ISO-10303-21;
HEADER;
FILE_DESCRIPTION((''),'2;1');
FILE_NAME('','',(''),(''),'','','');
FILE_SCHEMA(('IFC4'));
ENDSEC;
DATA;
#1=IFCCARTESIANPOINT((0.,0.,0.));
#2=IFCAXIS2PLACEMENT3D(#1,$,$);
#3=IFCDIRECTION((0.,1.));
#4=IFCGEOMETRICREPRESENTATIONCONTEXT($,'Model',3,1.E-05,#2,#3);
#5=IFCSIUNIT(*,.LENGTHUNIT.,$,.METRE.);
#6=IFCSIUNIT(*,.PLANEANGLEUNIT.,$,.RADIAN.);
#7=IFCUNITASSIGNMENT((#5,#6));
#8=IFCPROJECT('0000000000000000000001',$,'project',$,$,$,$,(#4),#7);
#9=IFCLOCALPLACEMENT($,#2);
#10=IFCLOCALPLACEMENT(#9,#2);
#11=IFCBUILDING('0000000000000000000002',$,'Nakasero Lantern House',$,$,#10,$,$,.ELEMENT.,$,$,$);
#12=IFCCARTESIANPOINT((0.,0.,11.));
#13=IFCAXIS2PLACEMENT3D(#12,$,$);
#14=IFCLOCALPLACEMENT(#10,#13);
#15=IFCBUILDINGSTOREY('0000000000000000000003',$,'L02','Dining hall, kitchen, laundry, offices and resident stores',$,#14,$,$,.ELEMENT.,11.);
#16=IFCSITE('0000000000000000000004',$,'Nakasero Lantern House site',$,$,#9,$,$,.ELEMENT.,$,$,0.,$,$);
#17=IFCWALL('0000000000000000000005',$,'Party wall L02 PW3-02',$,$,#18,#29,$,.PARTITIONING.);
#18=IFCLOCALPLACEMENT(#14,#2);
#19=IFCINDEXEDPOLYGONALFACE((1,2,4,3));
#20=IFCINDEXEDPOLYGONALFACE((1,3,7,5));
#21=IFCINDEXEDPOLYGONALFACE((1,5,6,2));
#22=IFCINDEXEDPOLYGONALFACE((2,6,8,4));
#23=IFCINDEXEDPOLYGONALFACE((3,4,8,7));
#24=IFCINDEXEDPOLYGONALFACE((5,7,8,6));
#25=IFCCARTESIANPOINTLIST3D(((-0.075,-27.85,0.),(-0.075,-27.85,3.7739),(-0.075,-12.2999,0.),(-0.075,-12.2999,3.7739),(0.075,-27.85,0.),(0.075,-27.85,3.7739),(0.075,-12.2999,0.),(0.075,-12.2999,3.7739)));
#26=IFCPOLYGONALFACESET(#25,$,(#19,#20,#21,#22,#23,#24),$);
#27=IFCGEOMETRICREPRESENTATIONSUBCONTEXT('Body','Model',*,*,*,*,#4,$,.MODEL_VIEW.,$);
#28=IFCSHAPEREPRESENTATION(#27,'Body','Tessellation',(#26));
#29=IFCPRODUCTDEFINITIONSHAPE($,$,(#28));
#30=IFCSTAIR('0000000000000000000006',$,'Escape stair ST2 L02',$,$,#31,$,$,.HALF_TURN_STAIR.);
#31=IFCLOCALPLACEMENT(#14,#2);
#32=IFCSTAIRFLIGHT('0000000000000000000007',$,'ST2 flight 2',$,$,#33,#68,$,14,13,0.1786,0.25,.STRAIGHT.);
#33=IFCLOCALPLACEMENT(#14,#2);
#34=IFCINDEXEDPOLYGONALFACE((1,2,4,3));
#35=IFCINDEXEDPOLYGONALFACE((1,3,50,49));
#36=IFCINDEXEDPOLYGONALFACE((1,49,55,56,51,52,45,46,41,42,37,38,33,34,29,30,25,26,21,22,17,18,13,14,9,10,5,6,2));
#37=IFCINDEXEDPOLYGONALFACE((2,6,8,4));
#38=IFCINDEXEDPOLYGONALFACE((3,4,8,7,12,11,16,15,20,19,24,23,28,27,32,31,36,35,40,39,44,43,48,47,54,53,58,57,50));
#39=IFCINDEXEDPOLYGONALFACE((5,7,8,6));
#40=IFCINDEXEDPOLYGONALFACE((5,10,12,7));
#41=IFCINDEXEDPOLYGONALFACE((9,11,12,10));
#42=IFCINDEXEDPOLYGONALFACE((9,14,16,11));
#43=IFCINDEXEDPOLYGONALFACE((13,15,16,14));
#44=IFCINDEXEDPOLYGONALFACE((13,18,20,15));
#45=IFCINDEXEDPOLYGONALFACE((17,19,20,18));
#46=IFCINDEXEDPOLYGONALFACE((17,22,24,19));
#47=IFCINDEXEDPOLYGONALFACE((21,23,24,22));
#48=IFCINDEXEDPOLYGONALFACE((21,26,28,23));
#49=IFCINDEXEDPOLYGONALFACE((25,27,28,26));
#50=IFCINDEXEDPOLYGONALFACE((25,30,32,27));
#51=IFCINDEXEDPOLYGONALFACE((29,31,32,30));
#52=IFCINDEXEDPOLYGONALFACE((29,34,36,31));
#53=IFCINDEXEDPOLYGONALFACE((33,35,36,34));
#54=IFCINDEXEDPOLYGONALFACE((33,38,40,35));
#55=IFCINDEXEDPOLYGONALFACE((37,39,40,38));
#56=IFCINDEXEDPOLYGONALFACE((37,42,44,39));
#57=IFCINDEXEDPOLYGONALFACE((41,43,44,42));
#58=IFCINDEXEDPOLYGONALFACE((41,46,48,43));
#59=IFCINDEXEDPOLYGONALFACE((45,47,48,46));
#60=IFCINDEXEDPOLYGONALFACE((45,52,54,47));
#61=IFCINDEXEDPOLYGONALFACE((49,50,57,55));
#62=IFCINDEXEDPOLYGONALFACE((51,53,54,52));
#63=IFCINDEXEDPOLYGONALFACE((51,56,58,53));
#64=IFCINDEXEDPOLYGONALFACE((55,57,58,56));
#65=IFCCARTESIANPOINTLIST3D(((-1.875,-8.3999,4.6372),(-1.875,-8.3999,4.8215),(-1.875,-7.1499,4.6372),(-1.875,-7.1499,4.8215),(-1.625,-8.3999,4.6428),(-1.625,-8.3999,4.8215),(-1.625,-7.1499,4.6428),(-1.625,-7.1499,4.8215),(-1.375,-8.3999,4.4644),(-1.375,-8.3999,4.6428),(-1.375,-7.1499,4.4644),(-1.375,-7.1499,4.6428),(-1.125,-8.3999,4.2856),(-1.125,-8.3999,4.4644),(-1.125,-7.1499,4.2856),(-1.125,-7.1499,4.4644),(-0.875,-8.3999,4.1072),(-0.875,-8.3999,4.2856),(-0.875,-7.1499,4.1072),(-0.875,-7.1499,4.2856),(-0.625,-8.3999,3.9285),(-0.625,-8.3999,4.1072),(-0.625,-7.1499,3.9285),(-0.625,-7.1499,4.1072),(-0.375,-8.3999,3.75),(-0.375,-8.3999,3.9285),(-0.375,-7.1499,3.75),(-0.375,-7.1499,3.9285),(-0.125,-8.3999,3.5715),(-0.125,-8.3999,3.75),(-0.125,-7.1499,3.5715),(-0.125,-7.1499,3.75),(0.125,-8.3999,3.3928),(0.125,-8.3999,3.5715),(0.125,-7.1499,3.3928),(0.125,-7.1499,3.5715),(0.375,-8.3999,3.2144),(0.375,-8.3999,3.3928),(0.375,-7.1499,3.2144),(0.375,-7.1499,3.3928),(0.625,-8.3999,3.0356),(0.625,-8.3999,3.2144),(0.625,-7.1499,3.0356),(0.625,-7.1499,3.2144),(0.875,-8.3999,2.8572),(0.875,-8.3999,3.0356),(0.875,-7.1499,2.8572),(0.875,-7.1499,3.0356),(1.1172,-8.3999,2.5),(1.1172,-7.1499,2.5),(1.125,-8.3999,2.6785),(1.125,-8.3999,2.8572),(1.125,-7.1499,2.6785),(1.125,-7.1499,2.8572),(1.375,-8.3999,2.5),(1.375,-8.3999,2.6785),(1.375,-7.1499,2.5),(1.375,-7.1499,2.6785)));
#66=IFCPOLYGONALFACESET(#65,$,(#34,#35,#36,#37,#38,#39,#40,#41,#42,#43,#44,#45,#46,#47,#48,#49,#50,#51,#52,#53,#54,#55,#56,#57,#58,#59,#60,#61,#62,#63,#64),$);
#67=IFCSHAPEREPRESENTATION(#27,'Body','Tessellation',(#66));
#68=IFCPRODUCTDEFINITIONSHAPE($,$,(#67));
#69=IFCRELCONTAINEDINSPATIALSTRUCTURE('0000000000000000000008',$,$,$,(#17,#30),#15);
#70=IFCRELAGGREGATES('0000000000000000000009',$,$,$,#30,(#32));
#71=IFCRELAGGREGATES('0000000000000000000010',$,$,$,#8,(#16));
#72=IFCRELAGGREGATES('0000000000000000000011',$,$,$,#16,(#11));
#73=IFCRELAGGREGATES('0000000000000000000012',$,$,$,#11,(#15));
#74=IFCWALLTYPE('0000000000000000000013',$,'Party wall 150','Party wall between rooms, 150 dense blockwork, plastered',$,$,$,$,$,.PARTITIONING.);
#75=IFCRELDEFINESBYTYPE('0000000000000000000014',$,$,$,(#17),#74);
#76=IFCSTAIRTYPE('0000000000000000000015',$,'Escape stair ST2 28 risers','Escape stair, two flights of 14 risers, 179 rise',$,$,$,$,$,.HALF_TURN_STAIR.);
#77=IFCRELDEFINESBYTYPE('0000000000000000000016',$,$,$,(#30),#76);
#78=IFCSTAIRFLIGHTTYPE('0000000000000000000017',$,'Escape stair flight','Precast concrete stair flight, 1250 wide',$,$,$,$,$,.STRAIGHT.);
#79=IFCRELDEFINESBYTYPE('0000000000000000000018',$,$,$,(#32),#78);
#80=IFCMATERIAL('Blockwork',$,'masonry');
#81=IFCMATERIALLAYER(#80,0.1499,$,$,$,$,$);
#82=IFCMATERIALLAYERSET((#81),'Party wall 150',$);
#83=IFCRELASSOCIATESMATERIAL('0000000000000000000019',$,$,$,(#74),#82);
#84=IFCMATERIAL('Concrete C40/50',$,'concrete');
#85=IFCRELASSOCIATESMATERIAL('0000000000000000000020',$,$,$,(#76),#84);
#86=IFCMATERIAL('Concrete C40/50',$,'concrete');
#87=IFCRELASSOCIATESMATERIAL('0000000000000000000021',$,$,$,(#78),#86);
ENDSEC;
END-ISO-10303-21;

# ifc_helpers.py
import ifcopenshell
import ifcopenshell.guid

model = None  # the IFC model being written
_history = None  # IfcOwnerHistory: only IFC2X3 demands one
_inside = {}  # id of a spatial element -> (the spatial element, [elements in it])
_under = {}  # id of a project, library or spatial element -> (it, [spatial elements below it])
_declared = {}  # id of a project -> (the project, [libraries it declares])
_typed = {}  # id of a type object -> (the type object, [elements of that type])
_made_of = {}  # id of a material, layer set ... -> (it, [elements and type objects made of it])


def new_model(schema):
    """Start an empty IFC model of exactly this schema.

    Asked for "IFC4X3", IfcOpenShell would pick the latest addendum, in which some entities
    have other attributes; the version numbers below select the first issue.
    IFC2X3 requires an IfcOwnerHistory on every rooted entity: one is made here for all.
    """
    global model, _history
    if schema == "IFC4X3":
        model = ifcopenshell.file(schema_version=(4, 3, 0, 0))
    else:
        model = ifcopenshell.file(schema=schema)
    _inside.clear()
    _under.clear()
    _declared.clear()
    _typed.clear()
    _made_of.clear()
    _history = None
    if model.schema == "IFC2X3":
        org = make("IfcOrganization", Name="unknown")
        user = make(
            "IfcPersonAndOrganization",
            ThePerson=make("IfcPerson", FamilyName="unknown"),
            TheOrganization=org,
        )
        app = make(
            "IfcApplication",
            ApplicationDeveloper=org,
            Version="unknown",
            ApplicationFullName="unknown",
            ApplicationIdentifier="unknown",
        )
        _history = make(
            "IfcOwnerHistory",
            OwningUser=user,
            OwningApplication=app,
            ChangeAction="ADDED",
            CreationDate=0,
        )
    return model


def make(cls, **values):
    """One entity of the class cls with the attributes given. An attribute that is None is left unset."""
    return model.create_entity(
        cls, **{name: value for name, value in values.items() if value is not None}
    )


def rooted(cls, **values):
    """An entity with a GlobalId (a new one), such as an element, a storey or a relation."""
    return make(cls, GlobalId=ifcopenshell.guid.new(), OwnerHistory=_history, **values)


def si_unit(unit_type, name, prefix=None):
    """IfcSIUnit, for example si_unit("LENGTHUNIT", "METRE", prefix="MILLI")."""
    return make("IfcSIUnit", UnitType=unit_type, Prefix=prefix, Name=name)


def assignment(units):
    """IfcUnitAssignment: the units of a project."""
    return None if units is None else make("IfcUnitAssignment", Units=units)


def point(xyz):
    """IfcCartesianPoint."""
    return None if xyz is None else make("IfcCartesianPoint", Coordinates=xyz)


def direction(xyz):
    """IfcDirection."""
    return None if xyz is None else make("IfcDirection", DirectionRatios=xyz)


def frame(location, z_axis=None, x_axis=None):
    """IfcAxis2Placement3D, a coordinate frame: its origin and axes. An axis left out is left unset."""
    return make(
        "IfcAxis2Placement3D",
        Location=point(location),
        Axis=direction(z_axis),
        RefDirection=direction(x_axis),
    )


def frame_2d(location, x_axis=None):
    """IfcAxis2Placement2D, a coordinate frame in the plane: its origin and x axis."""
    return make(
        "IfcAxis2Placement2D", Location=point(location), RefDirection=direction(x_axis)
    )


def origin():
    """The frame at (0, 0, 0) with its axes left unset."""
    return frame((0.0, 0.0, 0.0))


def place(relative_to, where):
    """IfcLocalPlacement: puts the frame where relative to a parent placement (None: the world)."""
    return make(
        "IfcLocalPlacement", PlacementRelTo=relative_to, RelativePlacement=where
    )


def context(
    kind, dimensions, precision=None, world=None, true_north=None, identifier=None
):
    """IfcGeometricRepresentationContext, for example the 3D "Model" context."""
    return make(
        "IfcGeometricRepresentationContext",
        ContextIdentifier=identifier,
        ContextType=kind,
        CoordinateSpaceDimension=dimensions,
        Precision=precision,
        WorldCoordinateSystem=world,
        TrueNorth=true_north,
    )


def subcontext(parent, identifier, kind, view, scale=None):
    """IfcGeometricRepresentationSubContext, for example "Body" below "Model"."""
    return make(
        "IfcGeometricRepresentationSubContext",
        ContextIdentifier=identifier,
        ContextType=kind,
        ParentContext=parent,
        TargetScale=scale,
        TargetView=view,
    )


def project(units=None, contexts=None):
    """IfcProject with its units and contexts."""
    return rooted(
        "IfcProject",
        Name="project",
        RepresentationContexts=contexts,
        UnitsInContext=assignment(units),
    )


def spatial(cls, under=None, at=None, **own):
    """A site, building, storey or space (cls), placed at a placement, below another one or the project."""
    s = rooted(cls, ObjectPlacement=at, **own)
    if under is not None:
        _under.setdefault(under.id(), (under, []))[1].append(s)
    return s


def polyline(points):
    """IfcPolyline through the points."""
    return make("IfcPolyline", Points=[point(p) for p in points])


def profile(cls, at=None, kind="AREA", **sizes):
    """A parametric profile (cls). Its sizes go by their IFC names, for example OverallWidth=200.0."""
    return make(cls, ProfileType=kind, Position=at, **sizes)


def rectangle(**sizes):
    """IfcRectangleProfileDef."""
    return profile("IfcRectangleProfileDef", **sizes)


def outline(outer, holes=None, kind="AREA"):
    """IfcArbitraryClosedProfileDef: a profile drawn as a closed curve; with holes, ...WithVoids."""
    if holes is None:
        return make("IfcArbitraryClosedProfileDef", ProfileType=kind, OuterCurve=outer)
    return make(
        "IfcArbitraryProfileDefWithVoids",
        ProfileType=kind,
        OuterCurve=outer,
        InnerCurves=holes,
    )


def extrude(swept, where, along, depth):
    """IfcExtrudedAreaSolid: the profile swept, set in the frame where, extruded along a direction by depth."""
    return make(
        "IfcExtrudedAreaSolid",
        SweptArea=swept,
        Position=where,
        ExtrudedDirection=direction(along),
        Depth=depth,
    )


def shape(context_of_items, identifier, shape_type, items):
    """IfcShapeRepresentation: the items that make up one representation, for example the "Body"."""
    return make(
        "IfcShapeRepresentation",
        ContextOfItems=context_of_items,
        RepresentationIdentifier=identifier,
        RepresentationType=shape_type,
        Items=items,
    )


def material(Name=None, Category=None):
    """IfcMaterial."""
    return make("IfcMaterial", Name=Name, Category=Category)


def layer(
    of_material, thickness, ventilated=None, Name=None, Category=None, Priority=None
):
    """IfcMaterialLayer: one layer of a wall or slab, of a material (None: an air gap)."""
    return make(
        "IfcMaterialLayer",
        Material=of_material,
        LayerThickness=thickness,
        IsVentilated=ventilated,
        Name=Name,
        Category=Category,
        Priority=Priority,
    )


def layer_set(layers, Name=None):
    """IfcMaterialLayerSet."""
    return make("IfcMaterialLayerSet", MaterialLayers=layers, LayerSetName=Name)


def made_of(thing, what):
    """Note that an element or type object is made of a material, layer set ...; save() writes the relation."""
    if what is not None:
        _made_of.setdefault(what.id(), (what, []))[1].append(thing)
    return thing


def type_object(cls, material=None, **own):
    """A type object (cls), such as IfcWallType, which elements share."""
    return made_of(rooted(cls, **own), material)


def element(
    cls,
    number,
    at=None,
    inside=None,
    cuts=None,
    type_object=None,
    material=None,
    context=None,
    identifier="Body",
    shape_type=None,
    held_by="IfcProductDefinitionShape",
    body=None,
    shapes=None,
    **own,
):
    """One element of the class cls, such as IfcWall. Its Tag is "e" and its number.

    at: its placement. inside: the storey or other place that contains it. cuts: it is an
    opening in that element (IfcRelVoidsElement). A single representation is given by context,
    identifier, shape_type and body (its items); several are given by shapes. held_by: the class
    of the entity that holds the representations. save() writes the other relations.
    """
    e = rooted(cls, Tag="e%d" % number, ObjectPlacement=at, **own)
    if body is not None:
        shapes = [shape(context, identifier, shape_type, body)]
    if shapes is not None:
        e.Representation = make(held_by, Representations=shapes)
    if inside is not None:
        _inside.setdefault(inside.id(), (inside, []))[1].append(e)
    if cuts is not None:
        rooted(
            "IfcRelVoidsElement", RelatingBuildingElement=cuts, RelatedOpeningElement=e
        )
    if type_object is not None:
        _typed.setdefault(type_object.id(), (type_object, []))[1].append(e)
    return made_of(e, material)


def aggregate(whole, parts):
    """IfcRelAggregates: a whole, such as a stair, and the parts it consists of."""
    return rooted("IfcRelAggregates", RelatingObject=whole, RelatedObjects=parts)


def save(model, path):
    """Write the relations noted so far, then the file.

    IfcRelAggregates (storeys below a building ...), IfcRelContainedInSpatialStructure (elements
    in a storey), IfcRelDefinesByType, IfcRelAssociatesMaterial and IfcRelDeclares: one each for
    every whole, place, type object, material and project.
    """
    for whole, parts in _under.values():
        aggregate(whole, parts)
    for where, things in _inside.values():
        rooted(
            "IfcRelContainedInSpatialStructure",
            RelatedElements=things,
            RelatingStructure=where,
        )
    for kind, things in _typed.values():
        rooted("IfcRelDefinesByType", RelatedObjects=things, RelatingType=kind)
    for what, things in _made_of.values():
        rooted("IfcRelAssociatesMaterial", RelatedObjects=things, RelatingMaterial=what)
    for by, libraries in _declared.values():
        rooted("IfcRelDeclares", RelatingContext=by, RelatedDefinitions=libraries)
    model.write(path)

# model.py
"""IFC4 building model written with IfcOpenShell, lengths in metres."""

from ifc_helpers import new_model, si_unit, direction, frame, frame_2d, origin, place, context, subcontext, project, spatial, polyline, rectangle, outline, extrude, material, layer, layer_set, type_object, element, aggregate, save


model = new_model("IFC4")

# Units and contexts
model_context = context("Model", 3, precision=1e-05, world=origin(), true_north=direction((0.0, 1.0)))
body_context = subcontext(model_context, "Body", "Model", "MODEL_VIEW")
ifc_project = project(units=[si_unit("LENGTHUNIT", "METRE"), si_unit("PLANEANGLEUNIT", "RADIAN")], contexts=[model_context])

# Site, building, storey
site_placement = place(None, origin())
site = spatial("IfcSite", under=ifc_project, at=site_placement, Name="Nakasero Lantern House site", CompositionType="ELEMENT", RefElevation=0.0)
building_placement = place(site_placement, origin())
building = spatial("IfcBuilding", under=site, at=building_placement, Name="Nakasero Lantern House", CompositionType="ELEMENT")
storey_placement = place(building_placement, frame((0.0, 0.0, 11.0)))
storey = spatial("IfcBuildingStorey", under=building, at=storey_placement, Name="L02", Description="Dining hall, kitchen, laundry, offices and resident stores", CompositionType="ELEMENT", Elevation=11.0)

# Wall
ifc_material_1 = material(Name="Blockwork", Category="masonry")
ifc_layer_1 = layer(ifc_material_1, 0.1499)
ifc_layer_set_1 = layer_set([ifc_layer_1], Name="Party wall 150")
wall_type_1 = type_object("IfcWallType", Name="Party wall 150", Description="Party wall between rooms, 150 dense blockwork, plastered", PredefinedType="PARTITIONING", material=ifc_layer_set_1)
wall_1_placement = place(storey_placement, frame((0.0, -12.3, 0.0), z_axis=(0.0, 0.0, 1.0), x_axis=(0.0, -1.0, 0.0)))
element("IfcWall", 1, at=wall_1_placement, inside=storey, type_object=wall_type_1, Name="Party wall L02 PW3-02", PredefinedType="PARTITIONING", context=body_context, shape_type="SweptSolid", body=[
    extrude(rectangle(XDim=15.55, YDim=0.1499, at=frame_2d((7.7749, 0.0))), origin(), (0.0, 0.0, 1.0), 3.7739),
])

# Stair, stair flight
ifc_material_2 = material(Name="Concrete C40/50", Category="concrete")
stair_type = type_object("IfcStairType", Name="Escape stair ST2 28 risers", Description="Escape stair, two flights of 14 risers, 179 rise", PredefinedType="HALF_TURN_STAIR", material=ifc_material_2)
stair_placement = place(storey_placement, origin())
stair = element("IfcStair", 2, at=stair_placement, inside=storey, type_object=stair_type, Name="Escape stair ST2 L02", PredefinedType="HALF_TURN_STAIR")
ifc_material_3 = material(Name="Concrete C40/50", Category="concrete")
stair_flight_type = type_object("IfcStairFlightType", Name="Escape stair flight", Description="Precast concrete stair flight, 1250 wide", PredefinedType="STRAIGHT", material=ifc_material_3)
stair_flight_placement = place(storey_placement, frame((1.375, -7.7749, 2.5), z_axis=(0.0, 0.0, 1.0), x_axis=(-1.0, 0.0, 0.0)))
stair_flight = element("IfcStairFlight", 3, at=stair_flight_placement, type_object=stair_flight_type, Name="ST2 flight 2", NumberOfRisers=14, NumberOfTreads=13, PredefinedType="STRAIGHT", RiserHeight=0.1786, TreadLength=0.25, context=body_context, shape_type="SweptSolid", body=[
    extrude(outline(polyline([(0.0, 0.0), (0.0, 0.1785), (0.25, 0.1785), (0.25, 0.3572), (0.5, 0.3572), (0.5, 0.5356), (0.75, 0.5356), (0.75, 0.7144), (1.0, 0.7144), (1.0, 0.8928), (1.25, 0.8928), (1.25, 1.0715), (1.5, 1.0715), (1.5, 1.25), (1.75, 1.25), (1.75, 1.4285), (2.0, 1.4285), (2.0, 1.6072), (2.25, 1.6072), (2.25, 1.7856), (2.5, 1.7856), (2.5, 1.9644), (2.75, 1.9644), (2.75, 2.1428), (3.0, 2.1428), (3.0, 2.3215), (3.25, 2.3215), (3.25, 2.5), (3.25, 2.1372), (0.2578, 0.0), (0.0, 0.0)])), frame((0.0, 0.625, 0.0), z_axis=(0.0, -1.0, 0.0), x_axis=(1.0, 0.0, 0.0)), (0.0, 0.0, 1.0), 1.25),
])
aggregate(stair, [stair_flight])

save(model, "model.ifc")
